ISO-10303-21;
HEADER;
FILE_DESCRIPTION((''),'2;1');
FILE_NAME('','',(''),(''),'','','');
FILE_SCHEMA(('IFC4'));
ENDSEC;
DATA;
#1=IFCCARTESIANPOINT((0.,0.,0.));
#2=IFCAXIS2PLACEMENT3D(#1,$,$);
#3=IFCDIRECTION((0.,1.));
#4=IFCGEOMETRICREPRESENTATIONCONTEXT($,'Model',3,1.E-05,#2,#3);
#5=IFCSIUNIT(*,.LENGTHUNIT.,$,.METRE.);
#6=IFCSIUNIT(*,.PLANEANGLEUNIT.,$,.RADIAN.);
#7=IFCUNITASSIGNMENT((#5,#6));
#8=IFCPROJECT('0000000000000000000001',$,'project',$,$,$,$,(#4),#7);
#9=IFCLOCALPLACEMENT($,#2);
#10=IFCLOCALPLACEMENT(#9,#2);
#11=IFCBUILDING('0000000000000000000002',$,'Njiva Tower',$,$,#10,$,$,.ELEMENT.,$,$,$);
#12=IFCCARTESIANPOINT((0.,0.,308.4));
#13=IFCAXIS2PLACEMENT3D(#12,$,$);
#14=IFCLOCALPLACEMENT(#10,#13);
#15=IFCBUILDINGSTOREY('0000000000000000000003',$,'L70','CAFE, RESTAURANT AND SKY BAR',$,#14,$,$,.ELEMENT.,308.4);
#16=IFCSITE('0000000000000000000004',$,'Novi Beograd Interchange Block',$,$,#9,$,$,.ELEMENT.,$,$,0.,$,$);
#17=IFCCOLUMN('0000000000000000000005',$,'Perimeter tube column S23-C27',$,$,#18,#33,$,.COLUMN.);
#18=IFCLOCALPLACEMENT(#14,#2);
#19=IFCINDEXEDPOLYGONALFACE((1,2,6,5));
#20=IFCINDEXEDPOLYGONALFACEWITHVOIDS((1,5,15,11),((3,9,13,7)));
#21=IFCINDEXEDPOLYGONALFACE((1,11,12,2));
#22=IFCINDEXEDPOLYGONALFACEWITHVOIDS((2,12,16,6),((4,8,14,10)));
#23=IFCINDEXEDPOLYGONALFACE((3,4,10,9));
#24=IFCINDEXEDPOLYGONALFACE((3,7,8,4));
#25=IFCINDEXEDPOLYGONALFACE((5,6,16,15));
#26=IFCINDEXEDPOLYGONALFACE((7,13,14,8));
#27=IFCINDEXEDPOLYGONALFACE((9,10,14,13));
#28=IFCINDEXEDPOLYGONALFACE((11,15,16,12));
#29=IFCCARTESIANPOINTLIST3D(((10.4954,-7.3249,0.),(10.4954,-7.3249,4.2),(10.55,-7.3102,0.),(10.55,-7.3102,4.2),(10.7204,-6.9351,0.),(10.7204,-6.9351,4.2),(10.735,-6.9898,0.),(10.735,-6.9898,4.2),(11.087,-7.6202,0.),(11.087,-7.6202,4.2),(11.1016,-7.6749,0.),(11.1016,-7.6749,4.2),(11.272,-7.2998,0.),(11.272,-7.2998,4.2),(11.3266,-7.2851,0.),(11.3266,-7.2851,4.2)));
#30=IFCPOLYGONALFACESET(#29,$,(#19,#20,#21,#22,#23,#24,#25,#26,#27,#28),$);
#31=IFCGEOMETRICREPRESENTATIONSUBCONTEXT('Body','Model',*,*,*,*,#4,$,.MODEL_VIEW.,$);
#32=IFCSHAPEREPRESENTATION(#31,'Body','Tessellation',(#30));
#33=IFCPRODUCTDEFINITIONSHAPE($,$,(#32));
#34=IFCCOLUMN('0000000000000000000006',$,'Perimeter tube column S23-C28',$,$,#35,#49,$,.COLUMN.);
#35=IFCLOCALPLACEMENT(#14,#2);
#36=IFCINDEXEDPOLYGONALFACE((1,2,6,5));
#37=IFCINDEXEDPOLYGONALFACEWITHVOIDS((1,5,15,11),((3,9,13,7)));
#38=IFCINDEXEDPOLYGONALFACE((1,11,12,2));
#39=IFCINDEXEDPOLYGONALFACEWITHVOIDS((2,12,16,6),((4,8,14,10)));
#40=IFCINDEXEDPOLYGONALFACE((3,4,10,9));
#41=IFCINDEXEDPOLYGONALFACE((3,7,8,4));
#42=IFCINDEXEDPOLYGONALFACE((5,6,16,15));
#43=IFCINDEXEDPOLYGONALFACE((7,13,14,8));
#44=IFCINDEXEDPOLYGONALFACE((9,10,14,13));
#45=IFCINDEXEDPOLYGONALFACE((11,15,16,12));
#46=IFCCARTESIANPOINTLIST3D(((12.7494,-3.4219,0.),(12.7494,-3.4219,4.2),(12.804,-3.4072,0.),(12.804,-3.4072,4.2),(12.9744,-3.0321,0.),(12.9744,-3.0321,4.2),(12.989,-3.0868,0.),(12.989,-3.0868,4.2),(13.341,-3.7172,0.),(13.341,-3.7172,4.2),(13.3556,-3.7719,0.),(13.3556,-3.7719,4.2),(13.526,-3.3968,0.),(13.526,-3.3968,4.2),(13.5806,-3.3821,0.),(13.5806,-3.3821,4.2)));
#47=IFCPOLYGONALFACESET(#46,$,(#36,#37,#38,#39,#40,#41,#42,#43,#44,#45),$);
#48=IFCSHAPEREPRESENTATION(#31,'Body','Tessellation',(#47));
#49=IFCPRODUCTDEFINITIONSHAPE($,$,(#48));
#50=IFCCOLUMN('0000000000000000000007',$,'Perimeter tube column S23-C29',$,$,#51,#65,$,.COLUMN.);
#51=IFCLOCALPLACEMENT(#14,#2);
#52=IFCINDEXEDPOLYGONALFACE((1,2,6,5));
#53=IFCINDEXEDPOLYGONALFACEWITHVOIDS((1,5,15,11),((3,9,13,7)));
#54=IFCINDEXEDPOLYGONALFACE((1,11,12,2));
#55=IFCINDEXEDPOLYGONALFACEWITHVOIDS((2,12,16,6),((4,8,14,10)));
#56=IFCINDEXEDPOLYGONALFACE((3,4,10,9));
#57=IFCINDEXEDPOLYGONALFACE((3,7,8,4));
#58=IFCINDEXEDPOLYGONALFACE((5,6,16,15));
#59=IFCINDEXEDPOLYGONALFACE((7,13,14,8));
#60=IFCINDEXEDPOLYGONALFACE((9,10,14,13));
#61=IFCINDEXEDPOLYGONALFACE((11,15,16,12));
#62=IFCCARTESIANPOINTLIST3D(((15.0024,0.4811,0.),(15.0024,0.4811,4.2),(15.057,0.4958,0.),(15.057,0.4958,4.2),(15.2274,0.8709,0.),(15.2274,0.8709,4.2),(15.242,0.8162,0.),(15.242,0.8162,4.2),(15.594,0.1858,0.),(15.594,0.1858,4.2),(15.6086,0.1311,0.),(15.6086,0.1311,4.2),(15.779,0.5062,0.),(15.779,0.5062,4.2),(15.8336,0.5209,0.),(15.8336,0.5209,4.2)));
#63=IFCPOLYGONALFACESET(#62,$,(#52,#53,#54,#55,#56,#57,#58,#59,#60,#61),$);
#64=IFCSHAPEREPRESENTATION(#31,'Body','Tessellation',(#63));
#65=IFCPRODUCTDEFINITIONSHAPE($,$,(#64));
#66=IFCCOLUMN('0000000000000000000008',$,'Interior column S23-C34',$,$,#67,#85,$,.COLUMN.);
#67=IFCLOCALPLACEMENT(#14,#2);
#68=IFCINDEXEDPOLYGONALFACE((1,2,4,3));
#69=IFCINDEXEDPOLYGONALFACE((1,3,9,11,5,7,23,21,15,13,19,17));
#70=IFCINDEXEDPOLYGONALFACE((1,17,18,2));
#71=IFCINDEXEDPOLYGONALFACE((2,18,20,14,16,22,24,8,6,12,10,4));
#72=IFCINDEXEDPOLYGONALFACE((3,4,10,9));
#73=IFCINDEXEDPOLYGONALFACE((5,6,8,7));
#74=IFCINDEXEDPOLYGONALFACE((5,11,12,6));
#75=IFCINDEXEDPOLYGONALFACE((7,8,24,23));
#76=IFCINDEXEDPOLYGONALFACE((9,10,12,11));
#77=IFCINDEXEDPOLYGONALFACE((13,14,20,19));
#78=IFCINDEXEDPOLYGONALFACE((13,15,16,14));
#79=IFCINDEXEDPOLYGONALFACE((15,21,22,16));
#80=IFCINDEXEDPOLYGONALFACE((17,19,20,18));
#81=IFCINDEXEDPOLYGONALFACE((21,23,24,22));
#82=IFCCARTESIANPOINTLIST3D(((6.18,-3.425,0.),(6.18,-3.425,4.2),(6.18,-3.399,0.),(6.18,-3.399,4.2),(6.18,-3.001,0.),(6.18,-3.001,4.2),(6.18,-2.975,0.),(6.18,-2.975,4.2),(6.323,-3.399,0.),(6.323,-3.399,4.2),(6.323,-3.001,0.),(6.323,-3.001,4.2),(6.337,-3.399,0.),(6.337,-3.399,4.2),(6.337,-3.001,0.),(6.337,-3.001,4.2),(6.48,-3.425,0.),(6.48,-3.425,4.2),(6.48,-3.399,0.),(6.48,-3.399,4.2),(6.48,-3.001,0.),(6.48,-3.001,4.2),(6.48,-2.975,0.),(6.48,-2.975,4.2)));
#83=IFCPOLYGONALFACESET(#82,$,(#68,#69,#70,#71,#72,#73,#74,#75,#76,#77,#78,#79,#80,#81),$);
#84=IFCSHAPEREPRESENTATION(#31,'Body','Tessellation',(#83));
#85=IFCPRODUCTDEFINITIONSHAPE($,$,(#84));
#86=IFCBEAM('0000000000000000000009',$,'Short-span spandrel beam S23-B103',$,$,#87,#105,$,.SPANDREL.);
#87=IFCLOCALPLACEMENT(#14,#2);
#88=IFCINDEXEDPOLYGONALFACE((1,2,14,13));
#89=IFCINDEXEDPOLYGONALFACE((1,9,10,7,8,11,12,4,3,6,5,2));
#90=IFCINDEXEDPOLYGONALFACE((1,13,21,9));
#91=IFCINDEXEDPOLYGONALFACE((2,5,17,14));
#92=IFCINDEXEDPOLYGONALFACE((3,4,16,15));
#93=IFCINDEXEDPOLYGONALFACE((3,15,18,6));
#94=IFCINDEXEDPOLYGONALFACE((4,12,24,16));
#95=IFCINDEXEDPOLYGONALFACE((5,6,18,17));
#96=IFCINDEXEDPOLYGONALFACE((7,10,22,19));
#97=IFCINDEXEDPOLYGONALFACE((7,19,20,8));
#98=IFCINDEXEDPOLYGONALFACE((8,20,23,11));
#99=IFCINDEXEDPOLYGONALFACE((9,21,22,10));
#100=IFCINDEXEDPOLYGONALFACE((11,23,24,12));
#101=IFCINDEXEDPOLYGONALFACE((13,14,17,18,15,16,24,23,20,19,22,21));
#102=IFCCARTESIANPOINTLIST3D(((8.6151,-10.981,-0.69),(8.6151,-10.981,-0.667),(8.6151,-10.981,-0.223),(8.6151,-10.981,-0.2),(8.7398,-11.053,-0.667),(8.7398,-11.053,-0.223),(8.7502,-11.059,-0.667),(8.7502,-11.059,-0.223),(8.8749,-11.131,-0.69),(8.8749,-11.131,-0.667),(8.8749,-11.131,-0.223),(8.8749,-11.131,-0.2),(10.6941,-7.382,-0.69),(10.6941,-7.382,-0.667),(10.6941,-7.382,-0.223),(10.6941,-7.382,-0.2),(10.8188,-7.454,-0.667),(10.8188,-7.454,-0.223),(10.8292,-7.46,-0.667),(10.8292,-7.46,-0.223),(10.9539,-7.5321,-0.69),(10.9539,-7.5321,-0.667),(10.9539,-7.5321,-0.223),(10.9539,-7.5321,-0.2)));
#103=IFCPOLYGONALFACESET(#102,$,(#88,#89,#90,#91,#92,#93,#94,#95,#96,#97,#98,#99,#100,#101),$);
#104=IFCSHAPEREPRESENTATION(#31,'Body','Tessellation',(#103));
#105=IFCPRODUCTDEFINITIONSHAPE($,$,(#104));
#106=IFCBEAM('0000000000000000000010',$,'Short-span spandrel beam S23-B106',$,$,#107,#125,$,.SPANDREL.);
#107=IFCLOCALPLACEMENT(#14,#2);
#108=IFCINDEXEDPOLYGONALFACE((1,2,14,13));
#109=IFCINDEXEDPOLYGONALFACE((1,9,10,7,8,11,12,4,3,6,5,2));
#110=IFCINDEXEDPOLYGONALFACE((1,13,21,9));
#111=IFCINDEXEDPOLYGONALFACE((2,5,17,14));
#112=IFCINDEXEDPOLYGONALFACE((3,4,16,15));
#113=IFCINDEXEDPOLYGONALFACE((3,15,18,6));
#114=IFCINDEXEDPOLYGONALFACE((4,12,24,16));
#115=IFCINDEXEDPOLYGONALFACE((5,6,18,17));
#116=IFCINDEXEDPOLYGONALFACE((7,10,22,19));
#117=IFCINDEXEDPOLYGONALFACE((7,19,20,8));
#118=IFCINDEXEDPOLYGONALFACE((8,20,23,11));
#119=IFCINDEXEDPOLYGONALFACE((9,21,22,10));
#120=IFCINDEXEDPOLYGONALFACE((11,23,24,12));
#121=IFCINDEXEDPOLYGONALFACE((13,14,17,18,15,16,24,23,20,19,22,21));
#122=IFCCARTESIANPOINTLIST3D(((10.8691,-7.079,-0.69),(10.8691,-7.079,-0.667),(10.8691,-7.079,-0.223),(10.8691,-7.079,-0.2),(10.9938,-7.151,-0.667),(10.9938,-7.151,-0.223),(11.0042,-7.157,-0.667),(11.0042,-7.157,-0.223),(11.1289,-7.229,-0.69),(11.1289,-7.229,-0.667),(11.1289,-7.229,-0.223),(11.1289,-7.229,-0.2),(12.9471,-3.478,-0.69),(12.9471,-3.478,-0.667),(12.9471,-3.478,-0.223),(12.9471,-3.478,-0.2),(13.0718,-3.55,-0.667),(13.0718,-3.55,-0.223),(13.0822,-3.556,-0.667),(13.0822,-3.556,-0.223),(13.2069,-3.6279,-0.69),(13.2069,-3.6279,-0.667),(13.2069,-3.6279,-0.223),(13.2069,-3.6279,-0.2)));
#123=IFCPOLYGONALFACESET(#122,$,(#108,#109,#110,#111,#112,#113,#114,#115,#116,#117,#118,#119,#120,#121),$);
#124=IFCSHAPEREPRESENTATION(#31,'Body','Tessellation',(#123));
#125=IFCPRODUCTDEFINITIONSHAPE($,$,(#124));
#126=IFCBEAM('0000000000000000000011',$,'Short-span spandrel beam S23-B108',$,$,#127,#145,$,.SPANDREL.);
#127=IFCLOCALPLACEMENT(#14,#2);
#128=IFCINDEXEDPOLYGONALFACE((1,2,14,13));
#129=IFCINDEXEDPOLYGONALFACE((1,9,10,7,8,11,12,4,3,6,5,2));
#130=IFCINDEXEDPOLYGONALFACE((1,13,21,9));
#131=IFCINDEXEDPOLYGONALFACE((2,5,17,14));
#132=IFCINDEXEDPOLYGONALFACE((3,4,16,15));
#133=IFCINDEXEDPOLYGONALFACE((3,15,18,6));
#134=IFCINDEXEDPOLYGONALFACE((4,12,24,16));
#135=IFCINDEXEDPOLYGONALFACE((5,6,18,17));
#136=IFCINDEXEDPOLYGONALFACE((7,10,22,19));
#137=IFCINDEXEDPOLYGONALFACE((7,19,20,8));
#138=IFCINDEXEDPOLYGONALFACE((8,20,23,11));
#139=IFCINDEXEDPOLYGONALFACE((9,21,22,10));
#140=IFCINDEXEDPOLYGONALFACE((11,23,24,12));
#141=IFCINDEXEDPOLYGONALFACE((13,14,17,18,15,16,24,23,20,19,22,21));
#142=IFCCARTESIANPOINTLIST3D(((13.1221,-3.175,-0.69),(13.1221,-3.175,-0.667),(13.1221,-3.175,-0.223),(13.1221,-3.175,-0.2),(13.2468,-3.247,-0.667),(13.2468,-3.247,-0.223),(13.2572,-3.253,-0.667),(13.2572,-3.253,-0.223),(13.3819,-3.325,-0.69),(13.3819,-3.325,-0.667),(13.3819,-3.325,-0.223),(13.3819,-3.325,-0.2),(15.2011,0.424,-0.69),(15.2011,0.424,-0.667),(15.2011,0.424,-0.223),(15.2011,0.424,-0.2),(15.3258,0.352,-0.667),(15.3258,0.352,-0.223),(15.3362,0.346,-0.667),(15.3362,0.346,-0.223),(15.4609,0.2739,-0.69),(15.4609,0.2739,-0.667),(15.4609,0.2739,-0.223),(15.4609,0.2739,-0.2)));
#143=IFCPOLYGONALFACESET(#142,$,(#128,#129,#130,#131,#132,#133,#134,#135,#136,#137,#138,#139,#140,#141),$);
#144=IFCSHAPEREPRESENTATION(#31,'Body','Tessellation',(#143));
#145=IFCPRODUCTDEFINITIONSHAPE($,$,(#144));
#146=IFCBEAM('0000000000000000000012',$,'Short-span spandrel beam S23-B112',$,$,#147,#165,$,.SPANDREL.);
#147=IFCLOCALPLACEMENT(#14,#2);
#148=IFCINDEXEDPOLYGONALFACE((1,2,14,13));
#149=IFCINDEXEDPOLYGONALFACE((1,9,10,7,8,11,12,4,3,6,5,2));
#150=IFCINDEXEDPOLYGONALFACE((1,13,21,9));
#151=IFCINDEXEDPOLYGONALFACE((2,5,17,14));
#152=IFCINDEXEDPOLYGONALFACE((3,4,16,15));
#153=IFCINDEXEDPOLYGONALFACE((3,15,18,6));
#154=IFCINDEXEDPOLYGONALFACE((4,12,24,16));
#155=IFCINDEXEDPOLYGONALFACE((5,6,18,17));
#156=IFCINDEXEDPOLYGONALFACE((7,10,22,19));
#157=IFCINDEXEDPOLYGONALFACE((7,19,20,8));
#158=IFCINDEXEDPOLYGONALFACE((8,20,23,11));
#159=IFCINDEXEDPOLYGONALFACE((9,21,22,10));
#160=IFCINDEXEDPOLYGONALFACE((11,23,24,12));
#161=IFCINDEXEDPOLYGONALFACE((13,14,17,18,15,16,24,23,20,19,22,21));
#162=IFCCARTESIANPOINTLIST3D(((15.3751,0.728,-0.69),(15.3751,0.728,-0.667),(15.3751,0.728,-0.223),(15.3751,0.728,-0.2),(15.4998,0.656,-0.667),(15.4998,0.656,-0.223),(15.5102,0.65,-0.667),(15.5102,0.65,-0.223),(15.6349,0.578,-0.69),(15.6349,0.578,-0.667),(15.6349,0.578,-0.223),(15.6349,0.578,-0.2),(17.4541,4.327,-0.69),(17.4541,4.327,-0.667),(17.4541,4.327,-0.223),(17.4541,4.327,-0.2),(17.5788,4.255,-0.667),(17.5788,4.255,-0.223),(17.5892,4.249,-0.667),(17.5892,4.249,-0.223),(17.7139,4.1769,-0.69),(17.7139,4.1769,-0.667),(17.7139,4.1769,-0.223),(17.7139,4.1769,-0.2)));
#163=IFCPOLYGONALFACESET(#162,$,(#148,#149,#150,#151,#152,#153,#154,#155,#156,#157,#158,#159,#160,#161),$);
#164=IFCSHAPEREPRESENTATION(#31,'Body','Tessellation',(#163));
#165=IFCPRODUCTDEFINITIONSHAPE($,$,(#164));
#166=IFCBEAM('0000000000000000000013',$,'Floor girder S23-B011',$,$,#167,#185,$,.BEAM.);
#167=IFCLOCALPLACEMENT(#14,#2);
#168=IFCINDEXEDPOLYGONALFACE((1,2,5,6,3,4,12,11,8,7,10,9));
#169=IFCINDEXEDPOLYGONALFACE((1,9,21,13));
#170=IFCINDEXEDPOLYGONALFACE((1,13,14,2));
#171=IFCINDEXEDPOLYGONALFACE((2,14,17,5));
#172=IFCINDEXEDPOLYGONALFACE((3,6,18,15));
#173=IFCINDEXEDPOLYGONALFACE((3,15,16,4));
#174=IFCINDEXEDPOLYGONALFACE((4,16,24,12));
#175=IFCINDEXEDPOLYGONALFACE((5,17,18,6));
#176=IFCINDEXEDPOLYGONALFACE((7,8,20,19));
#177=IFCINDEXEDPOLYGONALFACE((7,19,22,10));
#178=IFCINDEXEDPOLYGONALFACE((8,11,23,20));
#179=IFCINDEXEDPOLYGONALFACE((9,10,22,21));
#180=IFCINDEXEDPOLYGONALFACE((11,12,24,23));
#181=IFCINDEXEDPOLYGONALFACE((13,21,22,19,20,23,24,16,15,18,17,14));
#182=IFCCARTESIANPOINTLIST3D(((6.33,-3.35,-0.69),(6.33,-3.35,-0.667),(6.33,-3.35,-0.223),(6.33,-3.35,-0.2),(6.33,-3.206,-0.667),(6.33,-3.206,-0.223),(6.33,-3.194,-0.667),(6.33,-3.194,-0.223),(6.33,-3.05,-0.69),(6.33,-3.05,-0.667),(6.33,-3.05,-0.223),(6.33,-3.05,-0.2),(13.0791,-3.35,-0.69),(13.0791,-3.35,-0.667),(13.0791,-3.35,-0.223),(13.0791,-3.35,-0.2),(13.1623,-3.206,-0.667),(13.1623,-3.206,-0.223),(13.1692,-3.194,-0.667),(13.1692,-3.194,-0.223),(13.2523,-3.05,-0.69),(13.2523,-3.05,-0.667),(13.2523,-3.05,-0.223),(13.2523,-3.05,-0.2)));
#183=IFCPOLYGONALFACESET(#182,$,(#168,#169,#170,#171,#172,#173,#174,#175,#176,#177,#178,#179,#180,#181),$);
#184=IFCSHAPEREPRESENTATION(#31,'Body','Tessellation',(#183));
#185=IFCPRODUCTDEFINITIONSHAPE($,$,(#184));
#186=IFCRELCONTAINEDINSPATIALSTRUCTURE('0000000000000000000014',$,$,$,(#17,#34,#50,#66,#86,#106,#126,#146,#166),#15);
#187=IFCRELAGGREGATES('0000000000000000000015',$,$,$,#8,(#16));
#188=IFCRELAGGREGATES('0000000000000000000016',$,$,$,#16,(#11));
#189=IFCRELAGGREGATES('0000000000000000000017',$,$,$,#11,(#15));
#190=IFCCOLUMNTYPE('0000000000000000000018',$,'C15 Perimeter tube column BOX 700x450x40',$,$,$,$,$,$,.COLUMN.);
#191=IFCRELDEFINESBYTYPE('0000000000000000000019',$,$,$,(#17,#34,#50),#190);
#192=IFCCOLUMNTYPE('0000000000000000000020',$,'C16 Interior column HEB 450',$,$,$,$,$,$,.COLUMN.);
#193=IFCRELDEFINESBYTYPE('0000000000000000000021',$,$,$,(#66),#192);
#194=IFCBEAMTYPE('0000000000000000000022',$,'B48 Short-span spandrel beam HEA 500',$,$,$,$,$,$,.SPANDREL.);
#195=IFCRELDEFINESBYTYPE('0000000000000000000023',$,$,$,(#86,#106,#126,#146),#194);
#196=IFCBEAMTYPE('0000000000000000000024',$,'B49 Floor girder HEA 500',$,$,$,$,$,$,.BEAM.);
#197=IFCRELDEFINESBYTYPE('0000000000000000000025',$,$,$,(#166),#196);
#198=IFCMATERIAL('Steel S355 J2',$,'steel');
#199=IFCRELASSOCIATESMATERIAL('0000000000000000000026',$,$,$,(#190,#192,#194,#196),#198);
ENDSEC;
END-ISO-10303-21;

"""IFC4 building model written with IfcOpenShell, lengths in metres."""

from ifc_helpers import new_model, si_unit, direction, frame, origin, origin_2d, place, context, subcontext, project, spatial, hollow_rectangle, i_section, extrude, clip, halfspace, material, material_profile, profile_set, type_object, element, save


model = new_model("IFC4")

# Units and contexts
model_context = context("Model", 3, precision=1e-05, world=origin(), true_north=direction((0.0, 1.0)))
body_context = subcontext(model_context, "Body", "Model", "MODEL_VIEW")
ifc_project = project(units=[si_unit("LENGTHUNIT", "METRE"), si_unit("PLANEANGLEUNIT", "RADIAN")], contexts=[model_context])

# Site, building, storey
site_placement = place(None, origin())
site = spatial("IfcSite", under=ifc_project, at=site_placement, Name="Novi Beograd Interchange Block", CompositionType="ELEMENT", RefElevation=0.0)
building_placement = place(site_placement, origin())
building = spatial("IfcBuilding", under=site, at=building_placement, Name="Njiva Tower", CompositionType="ELEMENT")
storey_placement = place(building_placement, frame((0.0, 0.0, 308.4)))
storey = spatial("IfcBuildingStorey", under=building, at=storey_placement, Name="L70", Description="CAFE, RESTAURANT AND SKY BAR", CompositionType="ELEMENT", Elevation=308.4)

# Columns
ifc_material_1 = material(Name="Steel S355 J2", Category="steel")
ifc_material_profile_1 = material_profile(ifc_material_1, hollow_rectangle(XDim=0.45, YDim=0.7, WallThickness=0.04, at=origin_2d()), Name="BOX 700x450x40")
ifc_profile_set_1 = profile_set([ifc_material_profile_1], Name="Steel S355 J2")
column_type_1 = type_object("IfcColumnType", Name="C15 Perimeter tube column BOX 700x450x40", PredefinedType="COLUMN", material=ifc_profile_set_1)
for number, where, z_axis, x_axis, name in (
    (1, (10.911, -7.305, 0.0), (0.0, 0.0, 1.0), (0.5, 0.866025, 0.0), "Perimeter tube column S23-C27"),
    (2, (13.165, -3.402, 0.0), (0.0, 0.0, 1.0), (0.5, 0.866025, 0.0), "Perimeter tube column S23-C28"),
    (3, (15.418, 0.501, 0.0), (0.0, 0.0, 1.0), (0.5, 0.866025, 0.0), "Perimeter tube column S23-C29"),
):
    element("IfcColumn", number, at=place(storey_placement, frame(where, z_axis=z_axis, x_axis=x_axis)), inside=storey, type_object=column_type_1, Name=name, PredefinedType="COLUMN", context=body_context, shape_type="SweptSolid", body=[
        extrude(hollow_rectangle(XDim=0.45, YDim=0.7, WallThickness=0.04, at=origin_2d()), origin(), (0.0, 0.0, 1.0), 4.2),
    ])
ifc_material_profile_2 = material_profile(ifc_material_1, i_section(OverallWidth=0.3, OverallDepth=0.45, WebThickness=0.014, FlangeThickness=0.026, at=origin_2d()), Name="HEB 450")
ifc_profile_set_2 = profile_set([ifc_material_profile_2], Name="Steel S355 J2")
column_type_2 = type_object("IfcColumnType", Name="C16 Interior column HEB 450", PredefinedType="COLUMN", material=ifc_profile_set_2)
column_placement = place(storey_placement, frame((6.33, -3.2, 0.0), z_axis=(0.0, 0.0, 1.0), x_axis=(1.0, 0.0, 0.0)))
element("IfcColumn", 4, at=column_placement, inside=storey, type_object=column_type_2, Name="Interior column S23-C34", PredefinedType="COLUMN", context=body_context, shape_type="SweptSolid", body=[
    extrude(i_section(OverallWidth=0.3, OverallDepth=0.45, WebThickness=0.014, FlangeThickness=0.026, at=origin_2d()), origin(), (0.0, 0.0, 1.0), 4.2),
])

# Beams
ifc_material_profile_3 = material_profile(ifc_material_1, i_section(OverallWidth=0.3, OverallDepth=0.49, WebThickness=0.012, FlangeThickness=0.023, at=origin_2d()), Name="HEA 500")
ifc_profile_set_3 = profile_set([ifc_material_profile_3], Name="Steel S355 J2")
beam_type_1 = type_object("IfcBeamType", Name="B48 Short-span spandrel beam HEA 500", PredefinedType="SPANDREL", material=ifc_profile_set_3)
beam_1_placement = place(storey_placement, frame((8.745, -11.056, -0.445), z_axis=(0.500201, 0.865909, 0.0), x_axis=(-0.865909, 0.500201, 0.0)))
element("IfcBeam", 5, at=beam_1_placement, inside=storey, type_object=beam_type_1, Name="Short-span spandrel beam S23-B103", PredefinedType="SPANDREL", context=body_context, shape_type="SweptSolid", body=[
    extrude(i_section(OverallWidth=0.3, OverallDepth=0.49, WebThickness=0.012, FlangeThickness=0.023, at=origin_2d()), origin(), (0.0, 0.0, 1.0), 4.1563),
])
beam_2_placement = place(storey_placement, frame((10.999, -7.154, -0.445), z_axis=(0.499813, 0.866134, 0.0), x_axis=(-0.866134, 0.499813, 0.0)))
element("IfcBeam", 6, at=beam_2_placement, inside=storey, type_object=beam_type_1, Name="Short-span spandrel beam S23-B106", PredefinedType="SPANDREL", context=body_context, shape_type="SweptSolid", body=[
    extrude(i_section(OverallWidth=0.3, OverallDepth=0.49, WebThickness=0.012, FlangeThickness=0.023, at=origin_2d()), origin(), (0.0, 0.0, 1.0), 4.1576),
])
for number, where, z_axis, x_axis, name in (
    (7, (13.252, -3.25, -0.445), (0.500201, 0.865909, 0.0), (-0.865909, 0.500201, 0.0), "Short-span spandrel beam S23-B108"),
    (8, (15.505, 0.653, -0.445), (0.500201, 0.865909, 0.0), (-0.865909, 0.500201, 0.0), "Short-span spandrel beam S23-B112"),
):
    element("IfcBeam", number, at=place(storey_placement, frame(where, z_axis=z_axis, x_axis=x_axis)), inside=storey, type_object=beam_type_1, Name=name, PredefinedType="SPANDREL", context=body_context, shape_type="SweptSolid", body=[
        extrude(i_section(OverallWidth=0.3, OverallDepth=0.49, WebThickness=0.012, FlangeThickness=0.023, at=origin_2d()), origin(), (0.0, 0.0, 1.0), 4.1563),
    ])
ifc_material_profile_4 = material_profile(ifc_material_1, i_section(OverallWidth=0.3, OverallDepth=0.49, WebThickness=0.012, FlangeThickness=0.023, at=origin_2d()), Name="HEA 500")
ifc_profile_set_4 = profile_set([ifc_material_profile_4], Name="Steel S355 J2")
beam_type_2 = type_object("IfcBeamType", Name="B49 Floor girder HEA 500", PredefinedType="BEAM", material=ifc_profile_set_4)
beam_3_placement = place(storey_placement, frame((6.33, -3.2, -0.445), z_axis=(1.0, 0.0, 0.0), x_axis=(0.0, 1.0, 0.0)))
element("IfcBeam", 9, at=beam_3_placement, inside=storey, type_object=beam_type_2, Name="Floor girder S23-B011", PredefinedType="BEAM", context=body_context, shape_type="Clipping", body=[
    clip(extrude(i_section(OverallWidth=0.3, OverallDepth=0.49, WebThickness=0.012, FlangeThickness=0.023, at=origin_2d()), origin(), (0.0, 0.0, 1.0), 6.943), halfspace(frame((-0.025, 0.0, 6.8213), z_axis=(-0.499998, 0.0, 0.866027), x_axis=(0.0, 1.0, 0.0)), False)),
])

save(model, "model.ifc")
